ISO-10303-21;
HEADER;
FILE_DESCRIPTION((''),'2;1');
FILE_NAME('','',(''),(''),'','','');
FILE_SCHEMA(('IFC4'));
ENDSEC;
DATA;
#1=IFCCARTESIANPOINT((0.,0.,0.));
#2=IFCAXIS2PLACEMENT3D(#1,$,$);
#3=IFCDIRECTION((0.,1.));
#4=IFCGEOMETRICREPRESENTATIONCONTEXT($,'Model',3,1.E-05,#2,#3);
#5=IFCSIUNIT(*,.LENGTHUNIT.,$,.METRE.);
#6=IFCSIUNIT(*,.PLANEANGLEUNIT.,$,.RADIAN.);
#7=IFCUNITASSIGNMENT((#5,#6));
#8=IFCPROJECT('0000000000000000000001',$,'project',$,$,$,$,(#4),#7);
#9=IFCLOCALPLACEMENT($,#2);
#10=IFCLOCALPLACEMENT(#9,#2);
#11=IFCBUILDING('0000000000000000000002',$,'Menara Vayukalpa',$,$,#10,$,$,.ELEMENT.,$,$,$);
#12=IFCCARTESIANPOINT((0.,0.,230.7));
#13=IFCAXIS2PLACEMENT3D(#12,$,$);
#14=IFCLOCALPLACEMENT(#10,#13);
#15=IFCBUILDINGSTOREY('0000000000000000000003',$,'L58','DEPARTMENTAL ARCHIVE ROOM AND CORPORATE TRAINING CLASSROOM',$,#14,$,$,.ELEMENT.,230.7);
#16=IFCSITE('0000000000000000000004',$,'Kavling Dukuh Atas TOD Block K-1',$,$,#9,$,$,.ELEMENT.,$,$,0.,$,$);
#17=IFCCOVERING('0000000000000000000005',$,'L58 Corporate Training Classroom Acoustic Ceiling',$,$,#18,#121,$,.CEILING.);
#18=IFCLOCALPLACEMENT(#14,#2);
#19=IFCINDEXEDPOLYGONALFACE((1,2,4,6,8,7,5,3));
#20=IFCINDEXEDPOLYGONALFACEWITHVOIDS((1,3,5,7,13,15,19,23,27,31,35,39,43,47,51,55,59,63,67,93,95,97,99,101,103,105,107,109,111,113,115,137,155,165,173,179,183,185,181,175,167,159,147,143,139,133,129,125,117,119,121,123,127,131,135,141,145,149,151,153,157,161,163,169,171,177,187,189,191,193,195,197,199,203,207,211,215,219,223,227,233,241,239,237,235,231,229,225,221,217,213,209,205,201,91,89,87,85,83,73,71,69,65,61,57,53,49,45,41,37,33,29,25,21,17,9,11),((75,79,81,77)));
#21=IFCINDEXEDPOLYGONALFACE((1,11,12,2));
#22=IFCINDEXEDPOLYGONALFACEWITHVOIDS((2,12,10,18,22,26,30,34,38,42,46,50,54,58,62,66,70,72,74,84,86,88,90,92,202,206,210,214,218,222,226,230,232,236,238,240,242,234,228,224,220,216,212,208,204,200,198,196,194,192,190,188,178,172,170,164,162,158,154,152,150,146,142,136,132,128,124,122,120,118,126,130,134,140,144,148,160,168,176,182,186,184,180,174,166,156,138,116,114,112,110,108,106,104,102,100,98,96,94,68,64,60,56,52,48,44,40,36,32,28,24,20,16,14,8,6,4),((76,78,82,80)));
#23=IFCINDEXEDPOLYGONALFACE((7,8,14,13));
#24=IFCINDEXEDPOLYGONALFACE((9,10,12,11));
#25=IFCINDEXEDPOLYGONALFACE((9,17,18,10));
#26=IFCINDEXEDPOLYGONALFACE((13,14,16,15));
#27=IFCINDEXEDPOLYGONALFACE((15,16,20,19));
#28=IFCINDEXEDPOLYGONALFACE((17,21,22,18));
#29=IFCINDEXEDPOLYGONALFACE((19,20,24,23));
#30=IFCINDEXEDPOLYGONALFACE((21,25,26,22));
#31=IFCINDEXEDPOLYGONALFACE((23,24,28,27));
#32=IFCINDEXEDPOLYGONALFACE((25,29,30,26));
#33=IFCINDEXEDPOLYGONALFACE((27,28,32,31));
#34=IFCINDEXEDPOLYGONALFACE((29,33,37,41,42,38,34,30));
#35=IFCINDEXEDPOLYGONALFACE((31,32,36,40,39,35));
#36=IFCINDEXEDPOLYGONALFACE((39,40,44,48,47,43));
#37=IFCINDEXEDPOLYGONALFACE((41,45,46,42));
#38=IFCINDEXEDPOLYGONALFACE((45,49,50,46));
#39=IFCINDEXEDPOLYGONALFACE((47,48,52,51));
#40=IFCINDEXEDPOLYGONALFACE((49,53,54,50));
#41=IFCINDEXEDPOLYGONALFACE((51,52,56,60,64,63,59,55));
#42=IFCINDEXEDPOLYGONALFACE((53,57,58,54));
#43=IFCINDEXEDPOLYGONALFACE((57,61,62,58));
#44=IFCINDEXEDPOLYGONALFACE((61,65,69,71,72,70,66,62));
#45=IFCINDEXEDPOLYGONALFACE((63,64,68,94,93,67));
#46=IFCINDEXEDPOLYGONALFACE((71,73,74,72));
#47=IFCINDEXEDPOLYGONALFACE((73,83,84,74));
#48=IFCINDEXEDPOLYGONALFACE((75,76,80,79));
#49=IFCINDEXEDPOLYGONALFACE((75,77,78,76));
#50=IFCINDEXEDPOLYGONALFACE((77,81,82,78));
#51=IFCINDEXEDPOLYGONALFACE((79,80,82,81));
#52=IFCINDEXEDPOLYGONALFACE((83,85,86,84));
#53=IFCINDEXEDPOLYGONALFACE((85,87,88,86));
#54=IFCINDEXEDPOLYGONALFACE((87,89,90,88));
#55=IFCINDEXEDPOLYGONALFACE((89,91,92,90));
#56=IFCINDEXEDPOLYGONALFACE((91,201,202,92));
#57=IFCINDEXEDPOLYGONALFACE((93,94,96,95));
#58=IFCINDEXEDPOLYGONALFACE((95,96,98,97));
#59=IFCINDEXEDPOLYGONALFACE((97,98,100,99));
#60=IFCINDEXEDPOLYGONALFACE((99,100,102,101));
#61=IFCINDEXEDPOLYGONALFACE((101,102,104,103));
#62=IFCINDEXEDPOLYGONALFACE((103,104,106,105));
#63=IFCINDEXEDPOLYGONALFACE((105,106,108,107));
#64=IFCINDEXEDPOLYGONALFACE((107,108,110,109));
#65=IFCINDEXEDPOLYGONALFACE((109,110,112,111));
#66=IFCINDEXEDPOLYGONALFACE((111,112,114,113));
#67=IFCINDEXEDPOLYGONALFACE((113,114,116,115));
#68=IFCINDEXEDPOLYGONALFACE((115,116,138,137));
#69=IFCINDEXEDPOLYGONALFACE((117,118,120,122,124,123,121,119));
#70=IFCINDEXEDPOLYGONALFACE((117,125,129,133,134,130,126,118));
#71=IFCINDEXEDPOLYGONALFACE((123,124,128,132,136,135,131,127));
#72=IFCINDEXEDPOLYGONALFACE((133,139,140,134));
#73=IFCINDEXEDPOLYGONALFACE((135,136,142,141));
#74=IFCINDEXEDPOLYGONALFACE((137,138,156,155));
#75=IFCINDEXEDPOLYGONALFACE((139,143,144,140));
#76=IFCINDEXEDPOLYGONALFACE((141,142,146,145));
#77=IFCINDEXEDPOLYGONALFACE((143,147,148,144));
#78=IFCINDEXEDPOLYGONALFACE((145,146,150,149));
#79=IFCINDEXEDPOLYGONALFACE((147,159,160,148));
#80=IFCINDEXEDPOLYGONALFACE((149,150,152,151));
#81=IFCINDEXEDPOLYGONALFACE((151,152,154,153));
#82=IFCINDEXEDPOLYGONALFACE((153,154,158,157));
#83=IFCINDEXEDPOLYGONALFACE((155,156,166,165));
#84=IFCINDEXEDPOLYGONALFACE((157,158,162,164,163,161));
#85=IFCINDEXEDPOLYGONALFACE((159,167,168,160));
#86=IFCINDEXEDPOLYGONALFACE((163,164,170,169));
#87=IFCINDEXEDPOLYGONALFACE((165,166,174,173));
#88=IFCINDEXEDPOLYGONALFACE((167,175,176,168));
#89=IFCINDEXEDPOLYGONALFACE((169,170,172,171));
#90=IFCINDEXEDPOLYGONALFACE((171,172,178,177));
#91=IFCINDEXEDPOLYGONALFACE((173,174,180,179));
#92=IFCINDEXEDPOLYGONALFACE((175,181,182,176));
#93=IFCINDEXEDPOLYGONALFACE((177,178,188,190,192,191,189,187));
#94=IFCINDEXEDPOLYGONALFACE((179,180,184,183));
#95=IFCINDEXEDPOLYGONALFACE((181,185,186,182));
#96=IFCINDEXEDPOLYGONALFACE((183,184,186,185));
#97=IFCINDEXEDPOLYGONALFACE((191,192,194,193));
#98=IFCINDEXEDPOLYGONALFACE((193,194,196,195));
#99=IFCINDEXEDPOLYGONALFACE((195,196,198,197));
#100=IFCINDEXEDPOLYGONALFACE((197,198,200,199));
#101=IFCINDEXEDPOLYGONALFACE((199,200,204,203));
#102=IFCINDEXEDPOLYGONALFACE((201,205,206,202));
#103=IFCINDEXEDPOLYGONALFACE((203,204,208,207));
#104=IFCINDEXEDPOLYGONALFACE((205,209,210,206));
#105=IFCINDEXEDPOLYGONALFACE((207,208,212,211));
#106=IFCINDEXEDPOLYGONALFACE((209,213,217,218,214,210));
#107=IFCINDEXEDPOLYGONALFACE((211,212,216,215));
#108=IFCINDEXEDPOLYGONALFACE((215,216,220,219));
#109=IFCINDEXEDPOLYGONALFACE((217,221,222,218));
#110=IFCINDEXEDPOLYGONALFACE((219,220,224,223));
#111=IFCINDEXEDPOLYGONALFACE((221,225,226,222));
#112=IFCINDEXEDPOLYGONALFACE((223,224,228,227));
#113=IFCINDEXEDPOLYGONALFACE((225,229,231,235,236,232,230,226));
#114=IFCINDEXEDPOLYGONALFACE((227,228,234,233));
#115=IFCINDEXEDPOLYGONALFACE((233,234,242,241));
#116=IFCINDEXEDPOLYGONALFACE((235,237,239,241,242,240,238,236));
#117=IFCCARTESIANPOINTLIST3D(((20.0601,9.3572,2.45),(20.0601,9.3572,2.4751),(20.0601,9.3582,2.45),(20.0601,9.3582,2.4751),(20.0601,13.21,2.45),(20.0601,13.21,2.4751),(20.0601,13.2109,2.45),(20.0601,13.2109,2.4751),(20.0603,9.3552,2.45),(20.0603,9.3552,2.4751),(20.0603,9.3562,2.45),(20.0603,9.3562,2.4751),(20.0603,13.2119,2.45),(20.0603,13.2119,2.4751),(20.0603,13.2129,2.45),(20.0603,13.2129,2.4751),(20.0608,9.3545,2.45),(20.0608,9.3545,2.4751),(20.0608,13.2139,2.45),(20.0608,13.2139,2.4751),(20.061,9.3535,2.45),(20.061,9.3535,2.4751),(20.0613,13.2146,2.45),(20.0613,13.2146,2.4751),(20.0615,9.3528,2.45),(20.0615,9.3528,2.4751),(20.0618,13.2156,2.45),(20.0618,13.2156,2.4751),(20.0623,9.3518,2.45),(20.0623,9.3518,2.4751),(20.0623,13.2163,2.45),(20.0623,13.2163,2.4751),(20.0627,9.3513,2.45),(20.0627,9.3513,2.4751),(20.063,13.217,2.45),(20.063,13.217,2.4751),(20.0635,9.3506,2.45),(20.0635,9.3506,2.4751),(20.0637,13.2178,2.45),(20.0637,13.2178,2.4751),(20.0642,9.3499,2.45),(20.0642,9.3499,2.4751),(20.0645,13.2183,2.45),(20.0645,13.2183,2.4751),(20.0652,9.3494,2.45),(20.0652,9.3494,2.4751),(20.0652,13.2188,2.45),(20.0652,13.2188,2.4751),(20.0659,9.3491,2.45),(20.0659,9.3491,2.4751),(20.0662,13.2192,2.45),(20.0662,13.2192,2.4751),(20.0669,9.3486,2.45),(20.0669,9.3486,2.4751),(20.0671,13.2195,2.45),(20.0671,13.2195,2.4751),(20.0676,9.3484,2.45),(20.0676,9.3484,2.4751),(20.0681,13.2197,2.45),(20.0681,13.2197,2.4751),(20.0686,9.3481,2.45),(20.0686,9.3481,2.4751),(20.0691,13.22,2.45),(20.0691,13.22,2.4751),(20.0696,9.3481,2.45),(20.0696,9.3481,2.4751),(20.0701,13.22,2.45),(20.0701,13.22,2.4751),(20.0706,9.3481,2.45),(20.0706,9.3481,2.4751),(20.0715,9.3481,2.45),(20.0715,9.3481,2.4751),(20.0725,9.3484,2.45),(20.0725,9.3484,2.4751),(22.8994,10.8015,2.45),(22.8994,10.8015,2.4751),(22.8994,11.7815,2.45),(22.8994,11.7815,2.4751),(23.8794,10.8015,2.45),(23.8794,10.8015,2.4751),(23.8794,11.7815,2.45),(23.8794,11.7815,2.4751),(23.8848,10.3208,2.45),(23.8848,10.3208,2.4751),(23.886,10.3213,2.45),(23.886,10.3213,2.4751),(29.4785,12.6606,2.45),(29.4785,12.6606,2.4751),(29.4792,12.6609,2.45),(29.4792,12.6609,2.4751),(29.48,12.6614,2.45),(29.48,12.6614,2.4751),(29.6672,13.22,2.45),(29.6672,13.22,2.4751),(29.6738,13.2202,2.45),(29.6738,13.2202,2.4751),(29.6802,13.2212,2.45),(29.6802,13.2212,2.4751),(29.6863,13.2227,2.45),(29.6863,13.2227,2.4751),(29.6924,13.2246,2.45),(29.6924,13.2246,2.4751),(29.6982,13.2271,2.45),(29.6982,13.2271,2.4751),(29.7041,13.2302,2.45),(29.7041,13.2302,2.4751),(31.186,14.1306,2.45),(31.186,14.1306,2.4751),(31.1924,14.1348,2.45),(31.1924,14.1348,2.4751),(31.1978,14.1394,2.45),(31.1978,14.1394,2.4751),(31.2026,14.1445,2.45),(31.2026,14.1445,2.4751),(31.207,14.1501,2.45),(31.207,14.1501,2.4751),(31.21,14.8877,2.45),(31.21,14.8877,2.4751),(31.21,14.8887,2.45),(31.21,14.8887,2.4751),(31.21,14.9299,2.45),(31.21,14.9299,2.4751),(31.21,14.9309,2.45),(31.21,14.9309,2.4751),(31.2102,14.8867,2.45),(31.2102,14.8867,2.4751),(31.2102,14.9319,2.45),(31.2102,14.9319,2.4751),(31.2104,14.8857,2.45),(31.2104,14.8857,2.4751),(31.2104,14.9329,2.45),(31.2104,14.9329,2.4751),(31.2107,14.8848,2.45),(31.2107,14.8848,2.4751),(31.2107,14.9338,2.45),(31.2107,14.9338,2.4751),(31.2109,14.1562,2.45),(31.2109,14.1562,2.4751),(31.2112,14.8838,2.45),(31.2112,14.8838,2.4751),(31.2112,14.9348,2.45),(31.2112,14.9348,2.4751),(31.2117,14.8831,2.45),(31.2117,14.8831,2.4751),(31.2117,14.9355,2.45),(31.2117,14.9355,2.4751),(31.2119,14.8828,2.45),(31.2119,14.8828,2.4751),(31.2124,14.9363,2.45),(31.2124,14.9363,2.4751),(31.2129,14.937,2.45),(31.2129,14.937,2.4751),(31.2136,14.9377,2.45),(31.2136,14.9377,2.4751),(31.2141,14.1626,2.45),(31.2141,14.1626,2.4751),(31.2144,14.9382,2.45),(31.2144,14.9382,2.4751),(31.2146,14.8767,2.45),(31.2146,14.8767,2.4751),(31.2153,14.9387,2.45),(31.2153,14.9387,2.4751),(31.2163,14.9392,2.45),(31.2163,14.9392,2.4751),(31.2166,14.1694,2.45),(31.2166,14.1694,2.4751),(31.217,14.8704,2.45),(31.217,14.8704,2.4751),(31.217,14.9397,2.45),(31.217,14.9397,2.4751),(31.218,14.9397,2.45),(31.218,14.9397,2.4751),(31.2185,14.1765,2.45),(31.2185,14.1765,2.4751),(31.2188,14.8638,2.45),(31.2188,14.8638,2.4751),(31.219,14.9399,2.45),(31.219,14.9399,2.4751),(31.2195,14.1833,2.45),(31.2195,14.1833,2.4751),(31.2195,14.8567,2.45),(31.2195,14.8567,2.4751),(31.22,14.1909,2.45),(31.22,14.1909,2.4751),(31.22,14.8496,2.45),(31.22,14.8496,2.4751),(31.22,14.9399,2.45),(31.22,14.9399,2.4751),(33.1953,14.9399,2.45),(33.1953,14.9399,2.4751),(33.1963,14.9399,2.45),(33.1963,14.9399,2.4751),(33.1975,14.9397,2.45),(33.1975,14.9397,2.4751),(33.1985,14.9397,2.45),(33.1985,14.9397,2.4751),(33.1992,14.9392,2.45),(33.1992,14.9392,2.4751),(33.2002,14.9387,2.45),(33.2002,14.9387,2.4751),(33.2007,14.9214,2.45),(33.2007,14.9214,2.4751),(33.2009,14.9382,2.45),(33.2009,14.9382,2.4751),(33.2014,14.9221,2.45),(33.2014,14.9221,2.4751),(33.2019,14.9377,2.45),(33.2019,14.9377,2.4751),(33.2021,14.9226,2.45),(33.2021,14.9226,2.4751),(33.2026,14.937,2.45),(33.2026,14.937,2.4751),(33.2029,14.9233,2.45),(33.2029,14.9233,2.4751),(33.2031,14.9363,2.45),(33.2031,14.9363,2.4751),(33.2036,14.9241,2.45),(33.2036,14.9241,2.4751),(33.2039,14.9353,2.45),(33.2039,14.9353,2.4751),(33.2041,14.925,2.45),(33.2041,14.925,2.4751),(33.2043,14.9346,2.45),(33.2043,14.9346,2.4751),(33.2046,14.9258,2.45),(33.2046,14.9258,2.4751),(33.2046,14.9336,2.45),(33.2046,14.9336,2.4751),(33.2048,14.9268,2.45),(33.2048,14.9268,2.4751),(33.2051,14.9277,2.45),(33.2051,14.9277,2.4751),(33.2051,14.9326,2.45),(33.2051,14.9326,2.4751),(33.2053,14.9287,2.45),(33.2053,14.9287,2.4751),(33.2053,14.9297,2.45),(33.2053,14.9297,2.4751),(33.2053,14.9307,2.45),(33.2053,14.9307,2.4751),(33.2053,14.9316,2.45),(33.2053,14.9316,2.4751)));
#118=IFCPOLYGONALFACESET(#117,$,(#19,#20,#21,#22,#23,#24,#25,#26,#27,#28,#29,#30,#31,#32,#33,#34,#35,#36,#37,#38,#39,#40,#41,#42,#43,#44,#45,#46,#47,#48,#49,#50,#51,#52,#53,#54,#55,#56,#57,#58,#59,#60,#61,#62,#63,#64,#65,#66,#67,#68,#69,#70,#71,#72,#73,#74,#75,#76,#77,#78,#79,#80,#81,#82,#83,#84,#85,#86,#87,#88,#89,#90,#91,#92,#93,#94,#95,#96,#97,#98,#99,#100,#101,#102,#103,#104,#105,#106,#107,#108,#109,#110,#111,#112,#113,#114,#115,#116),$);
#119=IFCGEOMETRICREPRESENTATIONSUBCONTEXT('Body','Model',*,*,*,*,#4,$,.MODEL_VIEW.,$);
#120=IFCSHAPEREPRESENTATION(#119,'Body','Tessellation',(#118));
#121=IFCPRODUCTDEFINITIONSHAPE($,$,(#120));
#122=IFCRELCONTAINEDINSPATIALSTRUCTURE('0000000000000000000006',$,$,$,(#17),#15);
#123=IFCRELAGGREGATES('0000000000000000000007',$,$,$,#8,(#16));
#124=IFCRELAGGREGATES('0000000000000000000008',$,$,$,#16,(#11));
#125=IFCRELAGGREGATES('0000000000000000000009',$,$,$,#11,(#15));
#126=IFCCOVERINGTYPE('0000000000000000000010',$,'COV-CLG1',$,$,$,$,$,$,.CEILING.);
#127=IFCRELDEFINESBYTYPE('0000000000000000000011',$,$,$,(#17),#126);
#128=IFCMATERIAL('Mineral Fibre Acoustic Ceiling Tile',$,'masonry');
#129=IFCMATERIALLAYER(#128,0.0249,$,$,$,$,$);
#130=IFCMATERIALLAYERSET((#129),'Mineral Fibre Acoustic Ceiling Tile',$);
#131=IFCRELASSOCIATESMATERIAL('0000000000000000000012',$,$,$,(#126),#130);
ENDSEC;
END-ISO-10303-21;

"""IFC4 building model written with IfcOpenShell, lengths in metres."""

from ifc_helpers import new_model, si_unit, direction, frame, origin, place, context, subcontext, project, spatial, polyline, outline, extrude, material, layer, layer_set, type_object, element, save


model = new_model("IFC4")

# Units and contexts
model_context = context("Model", 3, precision=1e-05, world=origin(), true_north=direction((0.0, 1.0)))
body_context = subcontext(model_context, "Body", "Model", "MODEL_VIEW")
ifc_project = project(units=[si_unit("LENGTHUNIT", "METRE"), si_unit("PLANEANGLEUNIT", "RADIAN")], contexts=[model_context])

# Site, building, storey
site_placement = place(None, origin())
site = spatial("IfcSite", under=ifc_project, at=site_placement, Name="Kavling Dukuh Atas TOD Block K-1", CompositionType="ELEMENT", RefElevation=0.0)
building_placement = place(site_placement, origin())
building = spatial("IfcBuilding", under=site, at=building_placement, Name="Menara Vayukalpa", CompositionType="ELEMENT")
storey_placement = place(building_placement, frame((0.0, 0.0, 230.7)))
storey = spatial("IfcBuildingStorey", under=building, at=storey_placement, Name="L58", Description="DEPARTMENTAL ARCHIVE ROOM AND CORPORATE TRAINING CLASSROOM", CompositionType="ELEMENT", Elevation=230.7)

# Covering
ifc_material_1 = material(Name="Mineral Fibre Acoustic Ceiling Tile", Category="masonry")
ifc_layer_1 = layer(ifc_material_1, 0.0249)
ifc_layer_set_1 = layer_set([ifc_layer_1], Name="Mineral Fibre Acoustic Ceiling Tile")
covering_type_1 = type_object("IfcCoveringType", Name="COV-CLG1", PredefinedType="CEILING", material=ifc_layer_set_1)
covering_1_placement = place(storey_placement, frame((0.0, 0.0, 2.45)))
element("IfcCovering", 1, at=covering_1_placement, inside=storey, type_object=covering_type_1, Name="L58 Corporate Training Classroom Acoustic Ceiling", PredefinedType="CEILING", context=body_context, shape_type="SweptSolid", body=[
    extrude(outline(polyline([(20.0725, 9.3484), (20.0715, 9.3481), (20.0706, 9.3481), (20.0696, 9.3481), (20.0686, 9.3481), (20.0676, 9.3484), (20.0669, 9.3486), (20.0659, 9.3491), (20.0652, 9.3494), (20.0642, 9.3499), (20.0635, 9.3506), (20.0627, 9.3513), (20.0623, 9.3518), (20.0615, 9.3528), (20.061, 9.3535), (20.0608, 9.3545), (20.0603, 9.3552), (20.0603, 9.3562), (20.0601, 9.3572), (20.0601, 9.3582), (20.0601, 13.21), (20.0601, 13.2109), (20.0603, 13.2119), (20.0603, 13.2129), (20.0608, 13.2139), (20.0613, 13.2146), (20.0618, 13.2156), (20.0623, 13.2163), (20.063, 13.217), (20.0637, 13.2178), (20.0645, 13.2183), (20.0652, 13.2188), (20.0662, 13.2192), (20.0671, 13.2195), (20.0681, 13.2197), (20.0691, 13.22), (20.0701, 13.22), (29.6672, 13.22), (29.6738, 13.2202), (29.6802, 13.2212), (29.6863, 13.2227), (29.6924, 13.2246), (29.6982, 13.2271), (29.7041, 13.2302), (31.186, 14.1306), (31.1924, 14.1348), (31.1978, 14.1394), (31.2026, 14.1445), (31.207, 14.1501), (31.2109, 14.1562), (31.2141, 14.1626), (31.2166, 14.1694), (31.2185, 14.1765), (31.2195, 14.1833), (31.22, 14.1909), (31.22, 14.8496), (31.2195, 14.8567), (31.2188, 14.8638), (31.217, 14.8704), (31.2146, 14.8767), (31.2119, 14.8828), (31.2117, 14.8831), (31.2112, 14.8838), (31.2107, 14.8848), (31.2104, 14.8857), (31.2102, 14.8867), (31.21, 14.8877), (31.21, 14.8887), (31.21, 14.9299), (31.21, 14.9309), (31.2102, 14.9319), (31.2104, 14.9329), (31.2107, 14.9338), (31.2112, 14.9348), (31.2117, 14.9355), (31.2124, 14.9363), (31.2129, 14.937), (31.2136, 14.9377), (31.2144, 14.9382), (31.2153, 14.9387), (31.2163, 14.9392), (31.217, 14.9397), (31.218, 14.9397), (31.219, 14.9399), (31.22, 14.9399), (33.1953, 14.9399), (33.1963, 14.9399), (33.1975, 14.9397), (33.1985, 14.9397), (33.1992, 14.9392), (33.2002, 14.9387), (33.2009, 14.9382), (33.2019, 14.9377), (33.2026, 14.937), (33.2031, 14.9363), (33.2039, 14.9353), (33.2043, 14.9346), (33.2046, 14.9336), (33.2051, 14.9326), (33.2053, 14.9316), (33.2053, 14.9307), (33.2053, 14.9297), (33.2053, 14.9287), (33.2051, 14.9277), (33.2048, 14.9268), (33.2046, 14.9258), (33.2041, 14.925), (33.2036, 14.9241), (33.2029, 14.9233), (33.2021, 14.9226), (33.2014, 14.9221), (33.2007, 14.9214), (29.48, 12.6614), (29.4792, 12.6609), (29.4785, 12.6606), (23.886, 10.3213), (23.8848, 10.3208), (20.0725, 9.3484)]), holes=[polyline([(23.8794, 11.7815), (22.8994, 11.7815), (22.8994, 10.8015), (23.8794, 10.8015), (23.8794, 11.7815)])]), origin(), (0.0, 0.0, 1.0), 0.0251),
])

save(model, "model.ifc")
